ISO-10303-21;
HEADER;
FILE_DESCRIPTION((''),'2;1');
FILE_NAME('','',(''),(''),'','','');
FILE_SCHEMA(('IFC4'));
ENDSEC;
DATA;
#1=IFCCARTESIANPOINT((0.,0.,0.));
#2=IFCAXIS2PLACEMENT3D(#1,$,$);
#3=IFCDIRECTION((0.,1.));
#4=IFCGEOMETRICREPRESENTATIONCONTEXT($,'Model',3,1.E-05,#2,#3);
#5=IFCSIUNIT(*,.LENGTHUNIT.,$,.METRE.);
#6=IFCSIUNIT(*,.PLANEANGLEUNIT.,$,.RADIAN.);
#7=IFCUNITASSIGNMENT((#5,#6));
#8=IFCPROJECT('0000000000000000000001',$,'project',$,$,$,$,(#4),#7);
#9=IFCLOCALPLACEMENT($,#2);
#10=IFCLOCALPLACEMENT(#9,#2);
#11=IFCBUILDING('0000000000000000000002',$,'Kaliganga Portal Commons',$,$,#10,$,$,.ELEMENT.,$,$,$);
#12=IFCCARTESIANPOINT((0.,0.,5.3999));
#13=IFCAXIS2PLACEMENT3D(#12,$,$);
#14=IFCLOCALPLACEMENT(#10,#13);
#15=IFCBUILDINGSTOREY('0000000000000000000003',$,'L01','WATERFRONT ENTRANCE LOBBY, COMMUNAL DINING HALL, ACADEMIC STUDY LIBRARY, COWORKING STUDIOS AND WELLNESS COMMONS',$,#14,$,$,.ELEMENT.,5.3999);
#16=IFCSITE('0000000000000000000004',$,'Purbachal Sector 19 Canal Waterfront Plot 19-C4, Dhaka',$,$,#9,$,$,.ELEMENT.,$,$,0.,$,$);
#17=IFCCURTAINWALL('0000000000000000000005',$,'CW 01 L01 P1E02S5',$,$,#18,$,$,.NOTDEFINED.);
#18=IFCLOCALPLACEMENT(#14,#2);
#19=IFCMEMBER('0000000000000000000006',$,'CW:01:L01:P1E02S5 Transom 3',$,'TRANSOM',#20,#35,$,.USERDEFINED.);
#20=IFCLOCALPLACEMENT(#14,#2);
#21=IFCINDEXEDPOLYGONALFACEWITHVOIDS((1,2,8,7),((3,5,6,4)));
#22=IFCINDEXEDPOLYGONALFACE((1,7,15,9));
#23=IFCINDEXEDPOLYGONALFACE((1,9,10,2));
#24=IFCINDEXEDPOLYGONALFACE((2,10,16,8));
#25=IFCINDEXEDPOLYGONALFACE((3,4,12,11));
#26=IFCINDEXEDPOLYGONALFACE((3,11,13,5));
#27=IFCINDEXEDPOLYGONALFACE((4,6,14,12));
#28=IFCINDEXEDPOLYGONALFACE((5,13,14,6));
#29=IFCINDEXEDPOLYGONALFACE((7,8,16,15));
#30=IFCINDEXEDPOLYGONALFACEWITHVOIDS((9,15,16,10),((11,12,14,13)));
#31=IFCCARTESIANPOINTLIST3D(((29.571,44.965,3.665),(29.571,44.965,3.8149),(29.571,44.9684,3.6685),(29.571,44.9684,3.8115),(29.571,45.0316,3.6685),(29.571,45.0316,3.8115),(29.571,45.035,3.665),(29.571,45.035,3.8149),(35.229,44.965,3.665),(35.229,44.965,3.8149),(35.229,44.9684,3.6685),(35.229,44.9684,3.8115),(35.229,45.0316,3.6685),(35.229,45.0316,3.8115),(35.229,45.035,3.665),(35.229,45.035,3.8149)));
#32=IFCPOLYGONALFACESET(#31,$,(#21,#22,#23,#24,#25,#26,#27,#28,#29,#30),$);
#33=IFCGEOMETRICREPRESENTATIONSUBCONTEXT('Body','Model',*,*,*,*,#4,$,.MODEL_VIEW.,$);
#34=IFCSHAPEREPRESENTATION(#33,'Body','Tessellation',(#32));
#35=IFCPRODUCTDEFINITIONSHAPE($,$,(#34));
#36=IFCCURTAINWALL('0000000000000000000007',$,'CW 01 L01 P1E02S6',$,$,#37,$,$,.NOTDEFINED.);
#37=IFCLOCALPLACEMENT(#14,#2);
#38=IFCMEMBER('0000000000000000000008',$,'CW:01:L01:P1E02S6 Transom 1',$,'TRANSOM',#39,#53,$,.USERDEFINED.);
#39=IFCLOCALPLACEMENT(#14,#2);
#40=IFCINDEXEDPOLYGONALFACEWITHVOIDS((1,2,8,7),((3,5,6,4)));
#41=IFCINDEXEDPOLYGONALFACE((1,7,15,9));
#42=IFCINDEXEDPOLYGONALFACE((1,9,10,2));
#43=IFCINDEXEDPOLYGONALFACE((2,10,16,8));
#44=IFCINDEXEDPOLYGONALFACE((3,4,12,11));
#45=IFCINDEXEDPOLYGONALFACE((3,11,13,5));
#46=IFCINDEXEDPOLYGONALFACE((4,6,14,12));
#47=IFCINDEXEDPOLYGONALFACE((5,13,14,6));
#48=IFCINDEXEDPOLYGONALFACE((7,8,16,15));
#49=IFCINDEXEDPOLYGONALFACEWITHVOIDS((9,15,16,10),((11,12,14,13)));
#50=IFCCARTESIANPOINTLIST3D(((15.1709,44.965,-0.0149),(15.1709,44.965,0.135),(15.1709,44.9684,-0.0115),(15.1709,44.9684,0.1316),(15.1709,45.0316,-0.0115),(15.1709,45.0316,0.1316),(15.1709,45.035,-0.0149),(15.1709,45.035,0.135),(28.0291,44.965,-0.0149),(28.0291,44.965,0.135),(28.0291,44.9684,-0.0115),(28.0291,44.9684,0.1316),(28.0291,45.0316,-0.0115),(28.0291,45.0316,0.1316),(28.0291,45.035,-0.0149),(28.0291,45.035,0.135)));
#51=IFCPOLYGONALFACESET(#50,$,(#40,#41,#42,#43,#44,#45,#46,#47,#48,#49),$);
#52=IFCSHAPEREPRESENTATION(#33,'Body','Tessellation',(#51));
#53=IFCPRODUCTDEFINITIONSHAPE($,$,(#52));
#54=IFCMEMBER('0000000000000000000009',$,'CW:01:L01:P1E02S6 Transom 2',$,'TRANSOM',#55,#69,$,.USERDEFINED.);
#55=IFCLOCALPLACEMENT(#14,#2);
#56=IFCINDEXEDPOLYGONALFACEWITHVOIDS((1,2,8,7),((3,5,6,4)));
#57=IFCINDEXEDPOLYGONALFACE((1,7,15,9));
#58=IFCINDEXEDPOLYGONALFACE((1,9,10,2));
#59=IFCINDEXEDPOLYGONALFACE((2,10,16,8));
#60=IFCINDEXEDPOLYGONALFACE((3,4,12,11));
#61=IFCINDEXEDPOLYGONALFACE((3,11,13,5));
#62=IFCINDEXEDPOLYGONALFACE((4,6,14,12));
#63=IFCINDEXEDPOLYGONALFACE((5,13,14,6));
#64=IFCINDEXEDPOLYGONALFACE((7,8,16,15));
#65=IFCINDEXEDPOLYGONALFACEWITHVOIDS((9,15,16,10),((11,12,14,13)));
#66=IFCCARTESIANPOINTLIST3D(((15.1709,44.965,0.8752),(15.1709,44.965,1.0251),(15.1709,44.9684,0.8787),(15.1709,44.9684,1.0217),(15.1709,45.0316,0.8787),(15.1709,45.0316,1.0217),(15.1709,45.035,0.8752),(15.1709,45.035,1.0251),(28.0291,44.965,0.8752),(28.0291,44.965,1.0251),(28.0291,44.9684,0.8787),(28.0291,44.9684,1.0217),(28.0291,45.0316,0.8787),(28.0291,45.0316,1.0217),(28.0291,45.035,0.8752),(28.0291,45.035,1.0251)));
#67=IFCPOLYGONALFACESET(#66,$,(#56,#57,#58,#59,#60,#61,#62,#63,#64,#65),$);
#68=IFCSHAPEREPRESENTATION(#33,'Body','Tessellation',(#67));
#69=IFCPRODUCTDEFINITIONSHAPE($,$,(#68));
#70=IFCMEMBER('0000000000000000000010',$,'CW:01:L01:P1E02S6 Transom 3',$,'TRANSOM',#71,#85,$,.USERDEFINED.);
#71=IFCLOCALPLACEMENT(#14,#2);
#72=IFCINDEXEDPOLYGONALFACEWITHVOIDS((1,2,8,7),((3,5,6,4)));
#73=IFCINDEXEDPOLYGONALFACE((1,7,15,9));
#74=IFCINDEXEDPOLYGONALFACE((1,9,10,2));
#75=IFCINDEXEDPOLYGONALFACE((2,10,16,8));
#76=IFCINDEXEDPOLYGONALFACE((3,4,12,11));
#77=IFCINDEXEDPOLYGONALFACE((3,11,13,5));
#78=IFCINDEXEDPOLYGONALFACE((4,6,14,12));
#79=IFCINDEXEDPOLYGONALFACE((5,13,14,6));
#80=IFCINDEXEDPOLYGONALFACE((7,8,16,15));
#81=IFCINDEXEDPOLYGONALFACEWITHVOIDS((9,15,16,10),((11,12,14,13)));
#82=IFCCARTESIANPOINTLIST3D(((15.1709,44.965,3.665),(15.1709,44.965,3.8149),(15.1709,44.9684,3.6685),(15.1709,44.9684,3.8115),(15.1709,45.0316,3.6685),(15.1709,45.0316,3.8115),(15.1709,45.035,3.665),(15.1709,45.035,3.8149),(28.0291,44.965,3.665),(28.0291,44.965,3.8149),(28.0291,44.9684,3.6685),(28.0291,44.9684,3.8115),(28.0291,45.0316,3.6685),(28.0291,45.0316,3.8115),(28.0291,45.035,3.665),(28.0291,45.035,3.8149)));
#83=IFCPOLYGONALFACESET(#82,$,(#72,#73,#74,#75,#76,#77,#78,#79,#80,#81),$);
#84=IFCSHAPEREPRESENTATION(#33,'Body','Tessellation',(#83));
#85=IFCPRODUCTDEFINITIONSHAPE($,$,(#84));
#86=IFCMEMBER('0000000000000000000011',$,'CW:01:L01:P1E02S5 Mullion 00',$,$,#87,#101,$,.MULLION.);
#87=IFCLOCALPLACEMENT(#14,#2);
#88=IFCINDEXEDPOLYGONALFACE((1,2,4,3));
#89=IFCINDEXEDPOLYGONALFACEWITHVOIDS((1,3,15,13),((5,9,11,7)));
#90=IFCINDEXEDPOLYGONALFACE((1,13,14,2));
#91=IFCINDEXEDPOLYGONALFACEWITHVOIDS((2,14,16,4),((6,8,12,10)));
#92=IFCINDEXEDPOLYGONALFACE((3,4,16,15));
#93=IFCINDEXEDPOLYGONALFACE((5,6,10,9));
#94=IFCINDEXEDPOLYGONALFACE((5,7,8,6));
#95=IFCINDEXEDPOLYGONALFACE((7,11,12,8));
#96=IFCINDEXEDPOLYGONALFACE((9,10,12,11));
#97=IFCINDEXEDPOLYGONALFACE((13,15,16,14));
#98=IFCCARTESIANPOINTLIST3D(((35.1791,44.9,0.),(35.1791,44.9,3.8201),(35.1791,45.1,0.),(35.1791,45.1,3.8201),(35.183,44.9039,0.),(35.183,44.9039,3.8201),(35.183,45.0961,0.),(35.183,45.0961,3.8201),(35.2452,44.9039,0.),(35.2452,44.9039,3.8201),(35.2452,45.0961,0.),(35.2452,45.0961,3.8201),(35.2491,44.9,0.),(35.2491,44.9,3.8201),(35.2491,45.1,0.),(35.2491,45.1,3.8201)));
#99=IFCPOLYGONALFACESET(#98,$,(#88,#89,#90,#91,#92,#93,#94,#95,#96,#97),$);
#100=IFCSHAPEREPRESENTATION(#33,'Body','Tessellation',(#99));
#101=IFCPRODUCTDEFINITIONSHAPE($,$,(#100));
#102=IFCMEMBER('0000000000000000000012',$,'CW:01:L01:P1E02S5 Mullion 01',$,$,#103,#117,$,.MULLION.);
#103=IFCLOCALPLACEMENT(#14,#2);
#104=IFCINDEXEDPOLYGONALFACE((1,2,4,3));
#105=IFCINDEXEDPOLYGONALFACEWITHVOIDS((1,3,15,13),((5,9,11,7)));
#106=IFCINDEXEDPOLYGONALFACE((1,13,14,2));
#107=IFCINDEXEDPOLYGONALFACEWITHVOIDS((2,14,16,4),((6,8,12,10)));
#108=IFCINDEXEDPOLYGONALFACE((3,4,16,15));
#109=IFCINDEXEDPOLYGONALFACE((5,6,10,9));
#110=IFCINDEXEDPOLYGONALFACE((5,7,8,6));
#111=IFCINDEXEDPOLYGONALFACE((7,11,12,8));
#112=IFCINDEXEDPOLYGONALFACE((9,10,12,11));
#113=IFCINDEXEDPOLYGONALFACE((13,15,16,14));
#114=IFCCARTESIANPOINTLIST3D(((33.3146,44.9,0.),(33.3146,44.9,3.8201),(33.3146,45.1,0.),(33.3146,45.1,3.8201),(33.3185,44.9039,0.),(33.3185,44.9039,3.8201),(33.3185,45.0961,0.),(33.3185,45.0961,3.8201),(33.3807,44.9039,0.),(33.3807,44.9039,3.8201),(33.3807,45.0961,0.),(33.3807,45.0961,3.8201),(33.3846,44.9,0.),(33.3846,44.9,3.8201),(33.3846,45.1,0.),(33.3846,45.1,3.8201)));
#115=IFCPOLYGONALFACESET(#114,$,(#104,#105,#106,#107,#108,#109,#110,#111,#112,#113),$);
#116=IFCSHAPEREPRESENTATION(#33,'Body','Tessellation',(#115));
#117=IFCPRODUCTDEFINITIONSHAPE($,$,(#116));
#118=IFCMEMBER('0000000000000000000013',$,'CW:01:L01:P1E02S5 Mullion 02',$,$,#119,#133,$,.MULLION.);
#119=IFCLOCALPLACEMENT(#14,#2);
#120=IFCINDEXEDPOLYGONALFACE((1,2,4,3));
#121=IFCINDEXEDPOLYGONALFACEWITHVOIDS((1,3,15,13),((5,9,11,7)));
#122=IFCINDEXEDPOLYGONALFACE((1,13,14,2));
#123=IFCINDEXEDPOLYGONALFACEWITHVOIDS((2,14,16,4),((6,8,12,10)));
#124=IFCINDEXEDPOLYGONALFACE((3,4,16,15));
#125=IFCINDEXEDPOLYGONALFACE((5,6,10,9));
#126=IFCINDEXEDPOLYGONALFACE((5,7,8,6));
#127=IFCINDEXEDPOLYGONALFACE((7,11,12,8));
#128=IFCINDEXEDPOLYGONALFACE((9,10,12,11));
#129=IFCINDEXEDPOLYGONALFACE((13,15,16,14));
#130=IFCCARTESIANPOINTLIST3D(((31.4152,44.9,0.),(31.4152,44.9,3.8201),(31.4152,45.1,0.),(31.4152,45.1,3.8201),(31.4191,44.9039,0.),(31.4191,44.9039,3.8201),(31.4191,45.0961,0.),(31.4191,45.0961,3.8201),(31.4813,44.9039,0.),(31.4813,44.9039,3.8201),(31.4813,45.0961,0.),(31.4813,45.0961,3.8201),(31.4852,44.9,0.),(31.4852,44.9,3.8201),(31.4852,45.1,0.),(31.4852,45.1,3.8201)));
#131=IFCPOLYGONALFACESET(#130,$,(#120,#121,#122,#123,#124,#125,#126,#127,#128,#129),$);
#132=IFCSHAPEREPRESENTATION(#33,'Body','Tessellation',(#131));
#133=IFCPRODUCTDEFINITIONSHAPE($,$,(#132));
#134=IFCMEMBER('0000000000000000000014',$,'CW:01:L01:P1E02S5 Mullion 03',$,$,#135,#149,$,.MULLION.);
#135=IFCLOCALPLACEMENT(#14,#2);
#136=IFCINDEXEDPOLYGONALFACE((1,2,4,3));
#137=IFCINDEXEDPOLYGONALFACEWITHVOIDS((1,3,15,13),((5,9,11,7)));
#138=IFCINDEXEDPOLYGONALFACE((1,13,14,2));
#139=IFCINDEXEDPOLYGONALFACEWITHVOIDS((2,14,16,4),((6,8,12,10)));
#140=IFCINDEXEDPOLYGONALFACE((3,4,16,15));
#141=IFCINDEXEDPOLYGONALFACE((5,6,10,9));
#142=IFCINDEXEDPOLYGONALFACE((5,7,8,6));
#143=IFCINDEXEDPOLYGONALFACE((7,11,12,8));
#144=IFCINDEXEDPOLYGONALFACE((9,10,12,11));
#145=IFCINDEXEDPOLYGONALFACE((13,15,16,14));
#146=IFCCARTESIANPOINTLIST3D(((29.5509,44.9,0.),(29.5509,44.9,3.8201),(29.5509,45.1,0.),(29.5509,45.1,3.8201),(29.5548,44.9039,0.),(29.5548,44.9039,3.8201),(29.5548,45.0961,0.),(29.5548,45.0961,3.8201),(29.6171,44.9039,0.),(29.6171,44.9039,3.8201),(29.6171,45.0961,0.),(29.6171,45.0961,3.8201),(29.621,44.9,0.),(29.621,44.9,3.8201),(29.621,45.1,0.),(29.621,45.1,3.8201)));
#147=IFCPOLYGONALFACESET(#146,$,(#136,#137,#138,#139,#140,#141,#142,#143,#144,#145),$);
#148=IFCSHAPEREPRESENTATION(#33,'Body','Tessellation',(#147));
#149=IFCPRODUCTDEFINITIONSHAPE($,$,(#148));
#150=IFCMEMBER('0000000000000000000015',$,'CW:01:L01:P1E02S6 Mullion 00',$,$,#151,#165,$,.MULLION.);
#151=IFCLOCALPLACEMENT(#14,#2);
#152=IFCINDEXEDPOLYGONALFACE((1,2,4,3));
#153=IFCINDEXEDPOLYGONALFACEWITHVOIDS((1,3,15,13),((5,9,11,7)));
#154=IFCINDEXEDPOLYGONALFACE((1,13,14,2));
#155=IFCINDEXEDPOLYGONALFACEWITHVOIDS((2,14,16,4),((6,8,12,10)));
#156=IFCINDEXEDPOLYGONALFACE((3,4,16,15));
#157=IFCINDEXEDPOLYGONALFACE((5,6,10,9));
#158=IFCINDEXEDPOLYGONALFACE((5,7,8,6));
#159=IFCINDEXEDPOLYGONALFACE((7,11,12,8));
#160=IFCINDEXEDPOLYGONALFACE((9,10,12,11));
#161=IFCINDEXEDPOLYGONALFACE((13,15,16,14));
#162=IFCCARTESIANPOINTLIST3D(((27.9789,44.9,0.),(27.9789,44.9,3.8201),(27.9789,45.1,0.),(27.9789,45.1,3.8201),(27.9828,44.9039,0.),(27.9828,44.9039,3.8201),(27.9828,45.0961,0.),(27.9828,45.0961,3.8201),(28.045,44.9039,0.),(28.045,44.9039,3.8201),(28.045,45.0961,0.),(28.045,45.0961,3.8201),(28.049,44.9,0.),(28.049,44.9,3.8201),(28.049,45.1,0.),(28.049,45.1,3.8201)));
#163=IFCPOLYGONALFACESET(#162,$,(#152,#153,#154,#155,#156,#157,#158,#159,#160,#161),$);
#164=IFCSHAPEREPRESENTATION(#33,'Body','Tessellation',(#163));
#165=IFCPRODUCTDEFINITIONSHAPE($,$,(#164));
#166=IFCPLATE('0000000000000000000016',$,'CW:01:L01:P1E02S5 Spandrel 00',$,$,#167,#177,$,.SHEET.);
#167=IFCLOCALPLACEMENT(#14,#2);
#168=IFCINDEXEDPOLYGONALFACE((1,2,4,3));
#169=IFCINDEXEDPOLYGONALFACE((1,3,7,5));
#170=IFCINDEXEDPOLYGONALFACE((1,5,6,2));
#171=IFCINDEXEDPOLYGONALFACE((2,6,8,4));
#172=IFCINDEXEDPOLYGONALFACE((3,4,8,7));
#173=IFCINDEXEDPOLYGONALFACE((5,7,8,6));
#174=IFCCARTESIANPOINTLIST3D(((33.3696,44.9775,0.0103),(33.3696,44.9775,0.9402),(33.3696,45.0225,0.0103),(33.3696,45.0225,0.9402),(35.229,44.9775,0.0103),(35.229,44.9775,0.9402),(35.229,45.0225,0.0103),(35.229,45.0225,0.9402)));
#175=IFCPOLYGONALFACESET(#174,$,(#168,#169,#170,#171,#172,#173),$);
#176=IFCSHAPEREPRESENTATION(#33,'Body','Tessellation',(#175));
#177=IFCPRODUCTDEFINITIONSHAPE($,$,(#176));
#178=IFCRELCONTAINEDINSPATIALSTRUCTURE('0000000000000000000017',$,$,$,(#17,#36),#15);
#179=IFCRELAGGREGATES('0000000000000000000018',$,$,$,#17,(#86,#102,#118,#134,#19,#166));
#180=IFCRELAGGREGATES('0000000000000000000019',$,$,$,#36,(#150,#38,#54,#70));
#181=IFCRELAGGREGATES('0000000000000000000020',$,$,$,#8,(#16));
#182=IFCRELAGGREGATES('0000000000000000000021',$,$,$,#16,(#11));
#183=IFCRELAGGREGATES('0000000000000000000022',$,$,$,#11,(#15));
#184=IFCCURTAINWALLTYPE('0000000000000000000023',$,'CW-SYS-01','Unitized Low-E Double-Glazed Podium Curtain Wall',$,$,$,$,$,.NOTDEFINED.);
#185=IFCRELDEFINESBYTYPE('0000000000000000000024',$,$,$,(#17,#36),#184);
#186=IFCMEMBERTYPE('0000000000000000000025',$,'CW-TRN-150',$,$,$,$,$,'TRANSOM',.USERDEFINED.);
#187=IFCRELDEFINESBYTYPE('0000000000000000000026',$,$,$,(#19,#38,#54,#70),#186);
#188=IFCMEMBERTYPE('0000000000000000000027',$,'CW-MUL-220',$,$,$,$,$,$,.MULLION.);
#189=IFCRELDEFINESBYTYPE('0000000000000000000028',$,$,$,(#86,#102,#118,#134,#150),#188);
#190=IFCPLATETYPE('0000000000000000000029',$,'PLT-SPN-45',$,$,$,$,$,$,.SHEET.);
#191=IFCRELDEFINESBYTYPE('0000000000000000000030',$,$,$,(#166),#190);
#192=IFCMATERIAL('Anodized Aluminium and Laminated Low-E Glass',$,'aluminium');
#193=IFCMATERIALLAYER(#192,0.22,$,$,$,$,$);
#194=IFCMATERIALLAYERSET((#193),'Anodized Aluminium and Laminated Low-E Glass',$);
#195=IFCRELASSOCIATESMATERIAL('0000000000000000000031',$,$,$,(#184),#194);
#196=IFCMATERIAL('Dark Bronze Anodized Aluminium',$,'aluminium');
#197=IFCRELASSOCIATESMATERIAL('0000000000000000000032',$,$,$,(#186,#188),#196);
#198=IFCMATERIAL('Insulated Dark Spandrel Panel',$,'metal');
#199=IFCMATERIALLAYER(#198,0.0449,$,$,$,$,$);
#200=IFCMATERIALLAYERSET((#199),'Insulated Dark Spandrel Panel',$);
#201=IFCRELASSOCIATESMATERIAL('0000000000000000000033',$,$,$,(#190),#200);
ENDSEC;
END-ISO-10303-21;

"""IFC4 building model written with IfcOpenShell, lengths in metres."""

from ifc_helpers import new_model, si_unit, direction, frame, origin, origin_2d, place, context, subcontext, project, spatial, rectangle, hollow_rectangle, extrude, source, transform, mapped, material, layer, layer_set, material_profile, profile_set, type_object, element, aggregate, save


model = new_model("IFC4")

# Units and contexts
model_context = context("Model", 3, precision=1e-05, world=origin(), true_north=direction((0.0, 1.0)))
body_context = subcontext(model_context, "Body", "Model", "MODEL_VIEW")
ifc_project = project(units=[si_unit("LENGTHUNIT", "METRE"), si_unit("PLANEANGLEUNIT", "RADIAN")], contexts=[model_context])

# Site, building, storey
site_placement = place(None, origin())
site = spatial("IfcSite", under=ifc_project, at=site_placement, Name="Purbachal Sector 19 Canal Waterfront Plot 19-C4, Dhaka", CompositionType="ELEMENT", RefElevation=0.0)
building_placement = place(site_placement, origin())
building = spatial("IfcBuilding", under=site, at=building_placement, Name="Kaliganga Portal Commons", CompositionType="ELEMENT")
storey_placement = place(building_placement, frame((0.0, 0.0, 5.3999)))
storey = spatial("IfcBuildingStorey", under=building, at=storey_placement, Name="L01", Description="WATERFRONT ENTRANCE LOBBY, COMMUNAL DINING HALL, ACADEMIC STUDY LIBRARY, COWORKING STUDIOS AND WELLNESS COMMONS", CompositionType="ELEMENT", Elevation=5.3999)

# Curtain walls, members
ifc_material_1 = material(Name="Anodized Aluminium and Laminated Low-E Glass", Category="aluminium")
ifc_layer_1 = layer(ifc_material_1, 0.22)
ifc_layer_set_1 = layer_set([ifc_layer_1], Name="Anodized Aluminium and Laminated Low-E Glass")
curtain_wall_type = type_object("IfcCurtainWallType", Name="CW-SYS-01", Description="Unitized Low-E Double-Glazed Podium Curtain Wall", PredefinedType="NOTDEFINED", material=ifc_layer_set_1)
curtain_wall_1_placement = place(storey_placement, origin())
curtain_wall_1 = element("IfcCurtainWall", 1, at=curtain_wall_1_placement, inside=storey, type_object=curtain_wall_type, Name="CW 01 L01 P1E02S5", PredefinedType="NOTDEFINED")
ifc_material_2 = material(Name="Dark Bronze Anodized Aluminium", Category="aluminium")
ifc_material_profile_1 = material_profile(ifc_material_2, hollow_rectangle(XDim=0.0701, YDim=0.1499, WallThickness=0.0034, at=origin_2d()), Name="ALU TRAN 70x150x3.5")
ifc_profile_set_1 = profile_set([ifc_material_profile_1], Name="Dark Bronze Anodized Aluminium")
member_type_1 = type_object("IfcMemberType", Name="CW-TRN-150", ElementType="TRANSOM", PredefinedType="USERDEFINED", material=ifc_profile_set_1)
shared_shape_1 = source(origin(), body_context, "Body", "SweptSolid", [
    extrude(hollow_rectangle(XDim=0.0701, YDim=0.1499, WallThickness=0.0034, at=origin_2d()), origin(), (0.0, 0.0, 1.0), 5.658),
])
member_1_placement = place(storey_placement, frame((35.229, 45.0, 3.74), z_axis=(-1.0, 0.0, 0.0), x_axis=(0.0, -1.0, 0.0)))
member_1 = element("IfcMember", 2, at=member_1_placement, type_object=member_type_1, Name="CW:01:L01:P1E02S5 Transom 3", ObjectType="TRANSOM", PredefinedType="USERDEFINED", context=body_context, shape_type="MappedRepresentation", body=[
    mapped(shared_shape_1, transform((0.0, 0.0, 0.0), x_axis=(1.0, 0.0, 0.0), y_axis=(0.0, 1.0, 0.0), z_axis=(0.0, 0.0, 1.0), scale=1.0)),
])
curtain_wall_2_placement = place(storey_placement, origin())
curtain_wall_2 = element("IfcCurtainWall", 3, at=curtain_wall_2_placement, inside=storey, type_object=curtain_wall_type, Name="CW 01 L01 P1E02S6", PredefinedType="NOTDEFINED")
shared_shape_2 = source(origin(), body_context, "Body", "SweptSolid", [
    extrude(hollow_rectangle(XDim=0.0701, YDim=0.1499, WallThickness=0.0034, at=origin_2d()), origin(), (0.0, 0.0, 1.0), 12.8582),
])
member_2_placement = place(storey_placement, frame((28.0291, 45.0, 0.0601), z_axis=(-1.0, 0.0, 0.0), x_axis=(0.0, -1.0, 0.0)))
member_2 = element("IfcMember", 4, at=member_2_placement, type_object=member_type_1, Name="CW:01:L01:P1E02S6 Transom 1", ObjectType="TRANSOM", PredefinedType="USERDEFINED", context=body_context, shape_type="MappedRepresentation", body=[
    mapped(shared_shape_2, transform((0.0, 0.0, 0.0), x_axis=(1.0, 0.0, 0.0), y_axis=(0.0, 1.0, 0.0), z_axis=(0.0, 0.0, 1.0), scale=1.0)),
])
member_3_placement = place(storey_placement, frame((28.0291, 45.0, 0.9502), z_axis=(-1.0, 0.0, 0.0), x_axis=(0.0, -1.0, 0.0)))
member_3 = element("IfcMember", 5, at=member_3_placement, type_object=member_type_1, Name="CW:01:L01:P1E02S6 Transom 2", ObjectType="TRANSOM", PredefinedType="USERDEFINED", context=body_context, shape_type="MappedRepresentation", body=[
    mapped(shared_shape_2, transform((0.0, 0.0, 0.0), x_axis=(1.0, 0.0, 0.0), y_axis=(0.0, 1.0, 0.0), z_axis=(0.0, 0.0, 1.0), scale=1.0)),
])
member_4_placement = place(storey_placement, frame((28.0291, 45.0, 3.74), z_axis=(-1.0, 0.0, 0.0), x_axis=(0.0, -1.0, 0.0)))
member_4 = element("IfcMember", 6, at=member_4_placement, type_object=member_type_1, Name="CW:01:L01:P1E02S6 Transom 3", ObjectType="TRANSOM", PredefinedType="USERDEFINED", context=body_context, shape_type="MappedRepresentation", body=[
    mapped(shared_shape_2, transform((0.0, 0.0, 0.0), x_axis=(1.0, 0.0, 0.0), y_axis=(0.0, 1.0, 0.0), z_axis=(0.0, 0.0, 1.0), scale=1.0)),
])

# Members
ifc_material_profile_2 = material_profile(ifc_material_2, hollow_rectangle(XDim=0.0701, YDim=0.2, WallThickness=0.0039, at=origin_2d()), Name="ALU MULL 70x200x4")
ifc_profile_set_2 = profile_set([ifc_material_profile_2], Name="Dark Bronze Anodized Aluminium")
member_type_2 = type_object("IfcMemberType", Name="CW-MUL-220", PredefinedType="MULLION", material=ifc_profile_set_2)
shared_shape_3 = source(origin(), body_context, "Body", "SweptSolid", [
    extrude(hollow_rectangle(XDim=0.0701, YDim=0.2, WallThickness=0.0039, at=origin_2d()), origin(), (0.0, 0.0, 1.0), 3.8201),
])
member_5_placement = place(storey_placement, frame((35.2141, 45.0, 0.0), z_axis=(0.0, 0.0, 1.0), x_axis=(-1.0, 0.0, 0.0)))
member_5 = element("IfcMember", 7, at=member_5_placement, type_object=member_type_2, Name="CW:01:L01:P1E02S5 Mullion 00", PredefinedType="MULLION", context=body_context, shape_type="MappedRepresentation", body=[
    mapped(shared_shape_3, transform((0.0, 0.0, 0.0), x_axis=(1.0, 0.0, 0.0), y_axis=(0.0, 1.0, 0.0), z_axis=(0.0, 0.0, 1.0), scale=1.0)),
])
member_6_placement = place(storey_placement, frame((33.3496, 45.0, 0.0), z_axis=(0.0, 0.0, 1.0), x_axis=(-1.0, 0.0, 0.0)))
member_6 = element("IfcMember", 8, at=member_6_placement, type_object=member_type_2, Name="CW:01:L01:P1E02S5 Mullion 01", PredefinedType="MULLION", context=body_context, shape_type="MappedRepresentation", body=[
    mapped(shared_shape_3, transform((0.0, 0.0, 0.0), x_axis=(1.0, 0.0, 0.0), y_axis=(0.0, 1.0, 0.0), z_axis=(0.0, 0.0, 1.0), scale=1.0)),
])
member_7_placement = place(storey_placement, frame((31.4502, 45.0, 0.0), z_axis=(0.0, 0.0, 1.0), x_axis=(-1.0, 0.0, 0.0)))
member_7 = element("IfcMember", 9, at=member_7_placement, type_object=member_type_2, Name="CW:01:L01:P1E02S5 Mullion 02", PredefinedType="MULLION", context=body_context, shape_type="MappedRepresentation", body=[
    mapped(shared_shape_3, transform((0.0, 0.0, 0.0), x_axis=(1.0, 0.0, 0.0), y_axis=(0.0, 1.0, 0.0), z_axis=(0.0, 0.0, 1.0), scale=1.0)),
])
member_8_placement = place(storey_placement, frame((29.5859, 45.0, 0.0), z_axis=(0.0, 0.0, 1.0), x_axis=(-1.0, 0.0, 0.0)))
member_8 = element("IfcMember", 10, at=member_8_placement, type_object=member_type_2, Name="CW:01:L01:P1E02S5 Mullion 03", PredefinedType="MULLION", context=body_context, shape_type="MappedRepresentation", body=[
    mapped(shared_shape_3, transform((0.0, 0.0, 0.0), x_axis=(1.0, 0.0, 0.0), y_axis=(0.0, 1.0, 0.0), z_axis=(0.0, 0.0, 1.0), scale=1.0)),
])
member_9_placement = place(storey_placement, frame((28.0139, 45.0, 0.0), z_axis=(0.0, 0.0, 1.0), x_axis=(-1.0, 0.0, 0.0)))
member_9 = element("IfcMember", 11, at=member_9_placement, type_object=member_type_2, Name="CW:01:L01:P1E02S6 Mullion 00", PredefinedType="MULLION", context=body_context, shape_type="MappedRepresentation", body=[
    mapped(shared_shape_3, transform((0.0, 0.0, 0.0), x_axis=(1.0, 0.0, 0.0), y_axis=(0.0, 1.0, 0.0), z_axis=(0.0, 0.0, 1.0), scale=1.0)),
])

# Plate
ifc_material_3 = material(Name="Insulated Dark Spandrel Panel", Category="metal")
ifc_layer_2 = layer(ifc_material_3, 0.0449)
ifc_layer_set_2 = layer_set([ifc_layer_2], Name="Insulated Dark Spandrel Panel")
plate_type_1 = type_object("IfcPlateType", Name="PLT-SPN-45", PredefinedType="SHEET", material=ifc_layer_set_2)
shared_shape_4 = source(origin(), body_context, "Body", "SweptSolid", [
    extrude(rectangle(XDim=1.8594, YDim=0.0449, at=origin_2d()), origin(), (0.0, 0.0, 1.0), 0.9299),
])
plate_1_placement = place(storey_placement, frame((34.2993, 45.0, 0.0103), z_axis=(0.0, 0.0, 1.0), x_axis=(-1.0, 0.0, 0.0)))
plate_1 = element("IfcPlate", 12, at=plate_1_placement, type_object=plate_type_1, Name="CW:01:L01:P1E02S5 Spandrel 00", PredefinedType="SHEET", context=body_context, shape_type="MappedRepresentation", body=[
    mapped(shared_shape_4, transform((0.0, 0.0, 0.0), x_axis=(1.0, 0.0, 0.0), y_axis=(0.0, 1.0, 0.0), z_axis=(0.0, 0.0, 1.0), scale=1.0)),
])
aggregate(curtain_wall_1, [member_5, member_6, member_7, member_8, member_1, plate_1])
aggregate(curtain_wall_2, [member_9, member_2, member_3, member_4])

save(model, "model.ifc")
